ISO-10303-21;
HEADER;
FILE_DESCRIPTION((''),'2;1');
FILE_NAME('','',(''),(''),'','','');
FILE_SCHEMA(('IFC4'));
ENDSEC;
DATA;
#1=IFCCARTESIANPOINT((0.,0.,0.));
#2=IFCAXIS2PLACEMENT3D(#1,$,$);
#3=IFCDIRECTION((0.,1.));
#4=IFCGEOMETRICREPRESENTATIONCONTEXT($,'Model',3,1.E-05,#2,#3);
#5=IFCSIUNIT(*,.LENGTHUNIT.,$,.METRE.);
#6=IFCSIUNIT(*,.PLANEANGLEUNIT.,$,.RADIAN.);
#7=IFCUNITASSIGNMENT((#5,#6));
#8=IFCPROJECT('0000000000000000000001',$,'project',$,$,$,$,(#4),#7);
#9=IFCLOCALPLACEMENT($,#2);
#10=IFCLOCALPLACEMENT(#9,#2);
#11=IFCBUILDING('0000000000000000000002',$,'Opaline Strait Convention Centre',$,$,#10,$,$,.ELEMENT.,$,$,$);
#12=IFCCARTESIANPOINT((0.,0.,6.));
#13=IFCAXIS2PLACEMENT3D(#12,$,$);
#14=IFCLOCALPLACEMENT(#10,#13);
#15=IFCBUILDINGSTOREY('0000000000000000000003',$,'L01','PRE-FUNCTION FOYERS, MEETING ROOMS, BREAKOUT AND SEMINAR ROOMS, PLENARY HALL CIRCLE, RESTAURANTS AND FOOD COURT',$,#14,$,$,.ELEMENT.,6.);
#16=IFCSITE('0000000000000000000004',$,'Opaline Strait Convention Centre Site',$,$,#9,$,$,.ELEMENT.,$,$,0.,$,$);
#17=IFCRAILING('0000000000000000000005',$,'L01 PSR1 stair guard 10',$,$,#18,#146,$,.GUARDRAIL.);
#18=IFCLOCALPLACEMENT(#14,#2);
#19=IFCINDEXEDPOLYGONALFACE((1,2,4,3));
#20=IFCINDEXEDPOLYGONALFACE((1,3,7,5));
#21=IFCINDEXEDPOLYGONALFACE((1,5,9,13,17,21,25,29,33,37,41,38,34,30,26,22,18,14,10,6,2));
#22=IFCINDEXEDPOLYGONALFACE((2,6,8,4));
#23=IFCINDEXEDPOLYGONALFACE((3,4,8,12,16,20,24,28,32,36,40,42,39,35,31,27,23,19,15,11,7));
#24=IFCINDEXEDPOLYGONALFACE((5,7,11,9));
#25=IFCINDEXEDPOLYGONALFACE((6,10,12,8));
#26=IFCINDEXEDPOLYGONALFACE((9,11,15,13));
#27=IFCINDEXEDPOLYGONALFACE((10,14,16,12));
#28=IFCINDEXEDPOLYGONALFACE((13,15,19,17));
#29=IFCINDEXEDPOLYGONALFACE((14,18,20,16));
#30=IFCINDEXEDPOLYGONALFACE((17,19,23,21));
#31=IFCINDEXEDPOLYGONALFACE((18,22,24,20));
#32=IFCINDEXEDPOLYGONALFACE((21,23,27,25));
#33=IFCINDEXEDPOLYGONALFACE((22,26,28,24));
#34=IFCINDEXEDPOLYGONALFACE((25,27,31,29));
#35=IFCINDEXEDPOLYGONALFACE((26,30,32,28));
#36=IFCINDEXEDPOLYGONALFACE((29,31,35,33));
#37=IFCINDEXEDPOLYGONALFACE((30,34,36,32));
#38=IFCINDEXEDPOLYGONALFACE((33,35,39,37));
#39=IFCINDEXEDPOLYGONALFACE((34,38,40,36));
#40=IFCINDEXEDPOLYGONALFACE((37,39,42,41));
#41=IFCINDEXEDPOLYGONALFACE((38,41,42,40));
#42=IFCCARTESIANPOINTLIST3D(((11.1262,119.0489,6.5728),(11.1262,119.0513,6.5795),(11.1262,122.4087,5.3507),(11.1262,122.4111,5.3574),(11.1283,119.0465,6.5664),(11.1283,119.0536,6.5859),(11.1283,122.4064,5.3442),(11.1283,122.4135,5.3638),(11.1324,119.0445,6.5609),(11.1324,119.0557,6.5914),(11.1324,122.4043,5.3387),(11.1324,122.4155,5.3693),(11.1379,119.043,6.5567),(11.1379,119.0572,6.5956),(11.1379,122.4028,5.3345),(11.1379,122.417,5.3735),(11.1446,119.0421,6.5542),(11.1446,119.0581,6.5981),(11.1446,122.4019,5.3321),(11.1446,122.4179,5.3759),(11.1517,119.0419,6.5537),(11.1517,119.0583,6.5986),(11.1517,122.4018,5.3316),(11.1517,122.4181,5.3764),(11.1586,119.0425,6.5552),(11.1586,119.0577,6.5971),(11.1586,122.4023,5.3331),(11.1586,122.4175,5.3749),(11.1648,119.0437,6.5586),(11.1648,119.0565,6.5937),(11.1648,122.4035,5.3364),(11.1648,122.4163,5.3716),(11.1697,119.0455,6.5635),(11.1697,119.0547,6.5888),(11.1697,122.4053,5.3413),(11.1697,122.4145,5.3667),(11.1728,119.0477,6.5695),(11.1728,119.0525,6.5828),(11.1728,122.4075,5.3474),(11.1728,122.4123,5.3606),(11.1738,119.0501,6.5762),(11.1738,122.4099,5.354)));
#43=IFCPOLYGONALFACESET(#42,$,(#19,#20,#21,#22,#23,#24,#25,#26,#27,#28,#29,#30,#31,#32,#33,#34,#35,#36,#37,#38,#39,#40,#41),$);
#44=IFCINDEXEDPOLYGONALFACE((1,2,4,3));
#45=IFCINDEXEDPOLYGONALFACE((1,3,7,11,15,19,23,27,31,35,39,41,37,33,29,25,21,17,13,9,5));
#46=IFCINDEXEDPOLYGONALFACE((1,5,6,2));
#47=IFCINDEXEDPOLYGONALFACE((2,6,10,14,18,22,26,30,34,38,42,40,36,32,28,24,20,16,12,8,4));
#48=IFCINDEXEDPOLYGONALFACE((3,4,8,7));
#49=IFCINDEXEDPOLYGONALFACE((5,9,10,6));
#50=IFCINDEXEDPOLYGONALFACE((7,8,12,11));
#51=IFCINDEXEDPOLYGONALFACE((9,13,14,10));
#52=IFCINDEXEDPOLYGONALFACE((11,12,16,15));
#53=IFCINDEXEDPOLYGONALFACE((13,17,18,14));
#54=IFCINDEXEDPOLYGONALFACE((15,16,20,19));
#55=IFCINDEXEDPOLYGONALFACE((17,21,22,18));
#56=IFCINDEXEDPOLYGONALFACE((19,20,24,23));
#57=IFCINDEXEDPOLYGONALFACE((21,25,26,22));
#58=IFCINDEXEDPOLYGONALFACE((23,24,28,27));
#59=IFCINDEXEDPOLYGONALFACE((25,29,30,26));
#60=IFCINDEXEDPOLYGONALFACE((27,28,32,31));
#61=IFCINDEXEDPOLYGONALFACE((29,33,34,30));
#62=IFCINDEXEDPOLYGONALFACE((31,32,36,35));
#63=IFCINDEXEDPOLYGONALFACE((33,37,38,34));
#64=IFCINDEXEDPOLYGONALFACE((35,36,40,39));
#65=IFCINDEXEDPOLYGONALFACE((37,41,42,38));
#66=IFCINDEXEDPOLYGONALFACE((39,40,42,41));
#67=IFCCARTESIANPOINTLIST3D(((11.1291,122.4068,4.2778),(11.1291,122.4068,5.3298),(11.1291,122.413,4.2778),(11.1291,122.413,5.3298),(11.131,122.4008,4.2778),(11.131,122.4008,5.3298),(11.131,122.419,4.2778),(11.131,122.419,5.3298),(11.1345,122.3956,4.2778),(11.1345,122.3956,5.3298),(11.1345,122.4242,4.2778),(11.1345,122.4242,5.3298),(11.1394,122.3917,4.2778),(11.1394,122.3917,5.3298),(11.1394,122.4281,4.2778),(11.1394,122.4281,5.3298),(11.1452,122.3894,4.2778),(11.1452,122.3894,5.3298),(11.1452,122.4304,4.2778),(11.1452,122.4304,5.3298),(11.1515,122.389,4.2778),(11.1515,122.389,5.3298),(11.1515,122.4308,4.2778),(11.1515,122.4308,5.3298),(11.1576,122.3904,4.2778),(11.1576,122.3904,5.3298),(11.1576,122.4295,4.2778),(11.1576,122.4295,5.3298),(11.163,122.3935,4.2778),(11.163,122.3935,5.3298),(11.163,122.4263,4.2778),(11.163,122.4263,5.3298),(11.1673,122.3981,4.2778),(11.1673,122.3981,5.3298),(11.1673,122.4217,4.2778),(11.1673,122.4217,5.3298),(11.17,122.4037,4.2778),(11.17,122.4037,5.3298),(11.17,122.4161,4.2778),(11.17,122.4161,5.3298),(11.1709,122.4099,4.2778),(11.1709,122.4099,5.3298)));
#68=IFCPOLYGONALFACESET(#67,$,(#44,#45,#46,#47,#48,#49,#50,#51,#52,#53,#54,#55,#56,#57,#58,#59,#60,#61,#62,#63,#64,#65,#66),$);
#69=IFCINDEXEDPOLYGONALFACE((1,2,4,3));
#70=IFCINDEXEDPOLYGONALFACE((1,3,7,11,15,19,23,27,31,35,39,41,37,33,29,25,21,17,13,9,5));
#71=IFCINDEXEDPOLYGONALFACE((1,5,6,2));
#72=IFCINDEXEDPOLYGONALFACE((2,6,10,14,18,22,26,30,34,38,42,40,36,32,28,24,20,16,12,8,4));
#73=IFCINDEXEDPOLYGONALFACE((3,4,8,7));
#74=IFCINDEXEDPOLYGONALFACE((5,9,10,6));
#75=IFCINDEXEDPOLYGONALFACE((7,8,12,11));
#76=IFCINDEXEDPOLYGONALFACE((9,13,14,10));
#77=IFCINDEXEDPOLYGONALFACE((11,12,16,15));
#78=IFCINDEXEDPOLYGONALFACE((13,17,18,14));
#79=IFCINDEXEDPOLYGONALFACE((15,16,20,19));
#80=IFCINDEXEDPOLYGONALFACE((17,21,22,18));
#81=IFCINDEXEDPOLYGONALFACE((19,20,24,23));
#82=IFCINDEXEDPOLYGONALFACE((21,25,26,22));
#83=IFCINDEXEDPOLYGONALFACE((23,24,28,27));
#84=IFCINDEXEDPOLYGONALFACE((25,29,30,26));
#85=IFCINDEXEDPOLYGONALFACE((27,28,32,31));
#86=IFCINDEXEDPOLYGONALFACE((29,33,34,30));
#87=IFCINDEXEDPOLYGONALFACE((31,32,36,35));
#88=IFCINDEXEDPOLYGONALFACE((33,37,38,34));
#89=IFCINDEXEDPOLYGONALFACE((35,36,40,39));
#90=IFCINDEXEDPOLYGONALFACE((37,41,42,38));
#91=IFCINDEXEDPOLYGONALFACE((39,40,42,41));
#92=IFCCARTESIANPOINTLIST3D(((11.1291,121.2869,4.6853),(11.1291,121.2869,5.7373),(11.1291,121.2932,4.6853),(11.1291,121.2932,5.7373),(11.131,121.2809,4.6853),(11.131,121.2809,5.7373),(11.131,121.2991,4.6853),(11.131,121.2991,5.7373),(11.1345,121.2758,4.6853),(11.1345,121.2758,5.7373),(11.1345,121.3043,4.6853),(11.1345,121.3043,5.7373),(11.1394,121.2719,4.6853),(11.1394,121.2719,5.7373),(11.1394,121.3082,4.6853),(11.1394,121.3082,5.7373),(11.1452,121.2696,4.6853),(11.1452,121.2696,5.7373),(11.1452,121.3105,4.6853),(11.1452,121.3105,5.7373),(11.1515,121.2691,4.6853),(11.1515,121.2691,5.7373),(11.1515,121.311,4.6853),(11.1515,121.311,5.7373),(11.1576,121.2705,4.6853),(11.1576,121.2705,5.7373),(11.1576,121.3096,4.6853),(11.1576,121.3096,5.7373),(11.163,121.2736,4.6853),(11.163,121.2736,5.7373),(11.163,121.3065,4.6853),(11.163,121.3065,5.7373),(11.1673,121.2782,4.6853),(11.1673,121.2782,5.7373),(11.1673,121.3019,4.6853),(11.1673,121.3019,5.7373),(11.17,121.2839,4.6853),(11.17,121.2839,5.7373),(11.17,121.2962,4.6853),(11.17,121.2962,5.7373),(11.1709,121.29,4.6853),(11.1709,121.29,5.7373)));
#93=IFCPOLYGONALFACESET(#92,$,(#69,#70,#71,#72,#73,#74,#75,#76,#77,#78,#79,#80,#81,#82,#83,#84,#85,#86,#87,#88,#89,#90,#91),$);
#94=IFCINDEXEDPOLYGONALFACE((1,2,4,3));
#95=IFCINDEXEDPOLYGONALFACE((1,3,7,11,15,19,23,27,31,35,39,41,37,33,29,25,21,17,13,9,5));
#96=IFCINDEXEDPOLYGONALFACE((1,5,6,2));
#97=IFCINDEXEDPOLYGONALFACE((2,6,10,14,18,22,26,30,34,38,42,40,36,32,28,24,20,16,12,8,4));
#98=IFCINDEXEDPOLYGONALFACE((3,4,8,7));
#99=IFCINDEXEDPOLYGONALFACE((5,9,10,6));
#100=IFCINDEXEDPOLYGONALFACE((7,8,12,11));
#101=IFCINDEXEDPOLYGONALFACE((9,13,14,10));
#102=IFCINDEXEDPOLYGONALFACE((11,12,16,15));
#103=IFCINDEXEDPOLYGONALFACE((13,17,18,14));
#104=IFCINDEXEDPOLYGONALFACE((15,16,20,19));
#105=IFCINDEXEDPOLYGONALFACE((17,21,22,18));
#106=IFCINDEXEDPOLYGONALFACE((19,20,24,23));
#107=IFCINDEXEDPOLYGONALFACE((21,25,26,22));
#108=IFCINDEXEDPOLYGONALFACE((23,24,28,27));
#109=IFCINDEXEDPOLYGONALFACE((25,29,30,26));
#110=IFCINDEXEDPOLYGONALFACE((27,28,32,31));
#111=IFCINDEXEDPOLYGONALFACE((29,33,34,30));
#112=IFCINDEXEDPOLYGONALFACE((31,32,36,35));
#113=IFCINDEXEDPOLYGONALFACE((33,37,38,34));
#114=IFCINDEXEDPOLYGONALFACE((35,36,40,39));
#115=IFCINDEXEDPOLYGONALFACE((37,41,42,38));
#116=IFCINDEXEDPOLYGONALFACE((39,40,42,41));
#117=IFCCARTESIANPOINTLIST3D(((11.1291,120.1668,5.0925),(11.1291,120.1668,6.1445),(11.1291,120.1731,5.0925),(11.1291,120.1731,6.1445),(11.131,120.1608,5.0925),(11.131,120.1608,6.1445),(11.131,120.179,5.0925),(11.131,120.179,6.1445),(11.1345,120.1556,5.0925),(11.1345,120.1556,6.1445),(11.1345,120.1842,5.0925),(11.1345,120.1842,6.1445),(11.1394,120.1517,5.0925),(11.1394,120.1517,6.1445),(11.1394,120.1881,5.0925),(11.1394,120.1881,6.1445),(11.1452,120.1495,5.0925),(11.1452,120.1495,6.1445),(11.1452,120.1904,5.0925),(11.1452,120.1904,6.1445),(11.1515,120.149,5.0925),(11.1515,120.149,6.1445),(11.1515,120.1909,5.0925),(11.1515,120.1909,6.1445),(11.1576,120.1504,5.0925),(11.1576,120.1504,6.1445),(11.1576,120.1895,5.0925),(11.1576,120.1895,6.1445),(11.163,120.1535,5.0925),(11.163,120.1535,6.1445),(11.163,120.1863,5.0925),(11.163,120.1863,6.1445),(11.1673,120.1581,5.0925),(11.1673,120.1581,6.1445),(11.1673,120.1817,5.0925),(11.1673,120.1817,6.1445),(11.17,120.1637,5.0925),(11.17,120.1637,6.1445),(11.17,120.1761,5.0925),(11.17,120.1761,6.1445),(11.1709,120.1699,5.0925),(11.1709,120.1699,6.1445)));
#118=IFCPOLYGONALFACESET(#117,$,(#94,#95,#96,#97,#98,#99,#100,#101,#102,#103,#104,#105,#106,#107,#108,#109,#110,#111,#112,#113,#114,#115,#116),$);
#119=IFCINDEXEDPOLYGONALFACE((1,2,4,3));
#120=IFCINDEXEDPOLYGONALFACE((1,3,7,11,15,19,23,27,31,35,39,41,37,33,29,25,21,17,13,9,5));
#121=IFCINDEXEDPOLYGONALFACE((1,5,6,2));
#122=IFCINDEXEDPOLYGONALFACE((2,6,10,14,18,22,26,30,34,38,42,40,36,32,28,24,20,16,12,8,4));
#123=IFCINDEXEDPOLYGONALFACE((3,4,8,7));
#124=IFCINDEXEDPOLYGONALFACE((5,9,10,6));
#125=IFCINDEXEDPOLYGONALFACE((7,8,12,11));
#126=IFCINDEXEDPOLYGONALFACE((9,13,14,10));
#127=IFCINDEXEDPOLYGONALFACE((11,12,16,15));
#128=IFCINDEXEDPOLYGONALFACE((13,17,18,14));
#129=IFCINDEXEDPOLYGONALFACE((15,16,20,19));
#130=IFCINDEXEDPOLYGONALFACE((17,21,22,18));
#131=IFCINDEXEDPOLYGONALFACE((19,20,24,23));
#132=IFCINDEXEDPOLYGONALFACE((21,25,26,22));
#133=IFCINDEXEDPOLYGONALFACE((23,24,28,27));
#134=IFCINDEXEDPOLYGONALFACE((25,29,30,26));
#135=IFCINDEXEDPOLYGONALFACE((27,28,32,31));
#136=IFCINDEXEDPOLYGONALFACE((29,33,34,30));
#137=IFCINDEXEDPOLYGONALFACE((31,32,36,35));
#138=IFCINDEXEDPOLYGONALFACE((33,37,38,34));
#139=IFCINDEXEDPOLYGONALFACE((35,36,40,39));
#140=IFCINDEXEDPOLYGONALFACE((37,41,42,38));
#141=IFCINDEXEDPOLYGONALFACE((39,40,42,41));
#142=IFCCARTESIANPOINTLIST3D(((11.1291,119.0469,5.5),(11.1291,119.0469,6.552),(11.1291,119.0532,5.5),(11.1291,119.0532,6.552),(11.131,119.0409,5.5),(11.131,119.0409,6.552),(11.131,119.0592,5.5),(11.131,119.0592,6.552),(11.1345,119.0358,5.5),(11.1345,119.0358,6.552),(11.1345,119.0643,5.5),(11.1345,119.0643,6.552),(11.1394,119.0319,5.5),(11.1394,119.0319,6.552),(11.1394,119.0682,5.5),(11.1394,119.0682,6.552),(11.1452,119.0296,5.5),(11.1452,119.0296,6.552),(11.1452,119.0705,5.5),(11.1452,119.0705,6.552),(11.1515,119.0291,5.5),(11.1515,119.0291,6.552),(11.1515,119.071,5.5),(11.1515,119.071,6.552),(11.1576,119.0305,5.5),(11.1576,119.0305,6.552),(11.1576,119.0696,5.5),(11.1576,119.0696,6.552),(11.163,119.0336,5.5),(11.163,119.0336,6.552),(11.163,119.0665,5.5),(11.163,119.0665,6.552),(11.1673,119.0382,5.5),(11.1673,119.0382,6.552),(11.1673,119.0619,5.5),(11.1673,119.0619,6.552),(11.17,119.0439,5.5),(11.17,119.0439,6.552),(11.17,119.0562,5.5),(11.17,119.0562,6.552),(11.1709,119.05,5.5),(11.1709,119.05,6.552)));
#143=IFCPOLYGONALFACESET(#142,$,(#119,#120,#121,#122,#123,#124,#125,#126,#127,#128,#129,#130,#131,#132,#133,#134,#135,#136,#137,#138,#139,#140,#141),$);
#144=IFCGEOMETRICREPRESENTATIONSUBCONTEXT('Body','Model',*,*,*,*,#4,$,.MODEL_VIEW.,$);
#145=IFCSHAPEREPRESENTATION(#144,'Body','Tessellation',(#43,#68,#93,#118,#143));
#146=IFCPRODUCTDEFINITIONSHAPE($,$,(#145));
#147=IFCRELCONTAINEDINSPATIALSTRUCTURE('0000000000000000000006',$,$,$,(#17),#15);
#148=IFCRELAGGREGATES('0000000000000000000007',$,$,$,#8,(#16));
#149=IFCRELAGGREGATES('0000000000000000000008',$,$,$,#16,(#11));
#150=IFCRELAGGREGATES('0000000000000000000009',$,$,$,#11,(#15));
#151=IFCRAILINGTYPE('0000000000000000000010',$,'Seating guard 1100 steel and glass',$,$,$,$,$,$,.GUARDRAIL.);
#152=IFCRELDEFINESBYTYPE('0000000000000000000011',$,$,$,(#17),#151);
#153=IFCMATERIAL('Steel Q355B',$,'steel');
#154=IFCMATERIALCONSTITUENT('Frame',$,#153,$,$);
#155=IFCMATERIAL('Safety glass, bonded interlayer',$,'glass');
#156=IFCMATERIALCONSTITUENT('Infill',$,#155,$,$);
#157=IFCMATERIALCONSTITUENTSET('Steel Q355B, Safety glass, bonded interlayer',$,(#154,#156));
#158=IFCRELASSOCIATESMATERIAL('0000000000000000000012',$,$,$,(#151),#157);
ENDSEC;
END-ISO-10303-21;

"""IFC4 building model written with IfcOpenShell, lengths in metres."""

from ifc_helpers import new_model, si_unit, direction, frame, origin, origin_2d, place, context, subcontext, project, spatial, circle, extrude, material, constituent, constituent_set, type_object, element, save


model = new_model("IFC4")

# Units and contexts
model_context = context("Model", 3, precision=1e-05, world=origin(), true_north=direction((0.0, 1.0)))
body_context = subcontext(model_context, "Body", "Model", "MODEL_VIEW")
ifc_project = project(units=[si_unit("LENGTHUNIT", "METRE"), si_unit("PLANEANGLEUNIT", "RADIAN")], contexts=[model_context])

# Site, building, storey
site_placement = place(None, origin())
site = spatial("IfcSite", under=ifc_project, at=site_placement, Name="Opaline Strait Convention Centre Site", CompositionType="ELEMENT", RefElevation=0.0)
building_placement = place(site_placement, origin())
building = spatial("IfcBuilding", under=site, at=building_placement, Name="Opaline Strait Convention Centre", CompositionType="ELEMENT")
storey_placement = place(building_placement, frame((0.0, 0.0, 6.0)))
storey = spatial("IfcBuildingStorey", under=building, at=storey_placement, Name="L01", Description="PRE-FUNCTION FOYERS, MEETING ROOMS, BREAKOUT AND SEMINAR ROOMS, PLENARY HALL CIRCLE, RESTAURANTS AND FOOD COURT", CompositionType="ELEMENT", Elevation=6.0)

# Railing
ifc_material_1 = material(Name="Steel Q355B", Category="steel")
ifc_constituent_1 = constituent(ifc_material_1, Name="Frame")
ifc_material_2 = material(Name="Safety glass, bonded interlayer", Category="glass")
ifc_constituent_2 = constituent(ifc_material_2, Name="Infill")
ifc_constituent_set = constituent_set(constituents=[ifc_constituent_1, ifc_constituent_2], Name="Steel Q355B, Safety glass, bonded interlayer")
railing_type_1 = type_object("IfcRailingType", Name="Seating guard 1100 steel and glass", PredefinedType="GUARDRAIL", material=ifc_constituent_set)
railing_1_placement = place(storey_placement, frame((11.1499, 122.4099, 4.2778)))
element("IfcRailing", 1, at=railing_1_placement, inside=storey, type_object=railing_type_1, Name="L01 PSR1 stair guard 10", PredefinedType="GUARDRAIL", context=body_context, shape_type="SweptSolid", body=[
    extrude(circle(Radius=0.0239, at=origin_2d()), frame((0.0, 0.0, 1.0762), z_axis=(0.0, -0.939758, 0.341842), x_axis=(1.0, 0.0, 0.0)), (0.0, 0.0, 1.0), 3.5752),
    extrude(circle(Radius=0.021, at=origin_2d()), origin(), (0.0, 0.0, 1.0), 1.052),
    extrude(circle(Radius=0.021, at=origin_2d()), frame((0.0, -1.1199, 0.4075)), (0.0, 0.0, 1.0), 1.052),
    extrude(circle(Radius=0.021, at=origin_2d()), frame((0.0, -2.24, 0.8147)), (0.0, 0.0, 1.0), 1.052),
    extrude(circle(Radius=0.021, at=origin_2d()), frame((0.0, -3.3599, 1.2222)), (0.0, 0.0, 1.0), 1.052),
])

save(model, "model.ifc")
